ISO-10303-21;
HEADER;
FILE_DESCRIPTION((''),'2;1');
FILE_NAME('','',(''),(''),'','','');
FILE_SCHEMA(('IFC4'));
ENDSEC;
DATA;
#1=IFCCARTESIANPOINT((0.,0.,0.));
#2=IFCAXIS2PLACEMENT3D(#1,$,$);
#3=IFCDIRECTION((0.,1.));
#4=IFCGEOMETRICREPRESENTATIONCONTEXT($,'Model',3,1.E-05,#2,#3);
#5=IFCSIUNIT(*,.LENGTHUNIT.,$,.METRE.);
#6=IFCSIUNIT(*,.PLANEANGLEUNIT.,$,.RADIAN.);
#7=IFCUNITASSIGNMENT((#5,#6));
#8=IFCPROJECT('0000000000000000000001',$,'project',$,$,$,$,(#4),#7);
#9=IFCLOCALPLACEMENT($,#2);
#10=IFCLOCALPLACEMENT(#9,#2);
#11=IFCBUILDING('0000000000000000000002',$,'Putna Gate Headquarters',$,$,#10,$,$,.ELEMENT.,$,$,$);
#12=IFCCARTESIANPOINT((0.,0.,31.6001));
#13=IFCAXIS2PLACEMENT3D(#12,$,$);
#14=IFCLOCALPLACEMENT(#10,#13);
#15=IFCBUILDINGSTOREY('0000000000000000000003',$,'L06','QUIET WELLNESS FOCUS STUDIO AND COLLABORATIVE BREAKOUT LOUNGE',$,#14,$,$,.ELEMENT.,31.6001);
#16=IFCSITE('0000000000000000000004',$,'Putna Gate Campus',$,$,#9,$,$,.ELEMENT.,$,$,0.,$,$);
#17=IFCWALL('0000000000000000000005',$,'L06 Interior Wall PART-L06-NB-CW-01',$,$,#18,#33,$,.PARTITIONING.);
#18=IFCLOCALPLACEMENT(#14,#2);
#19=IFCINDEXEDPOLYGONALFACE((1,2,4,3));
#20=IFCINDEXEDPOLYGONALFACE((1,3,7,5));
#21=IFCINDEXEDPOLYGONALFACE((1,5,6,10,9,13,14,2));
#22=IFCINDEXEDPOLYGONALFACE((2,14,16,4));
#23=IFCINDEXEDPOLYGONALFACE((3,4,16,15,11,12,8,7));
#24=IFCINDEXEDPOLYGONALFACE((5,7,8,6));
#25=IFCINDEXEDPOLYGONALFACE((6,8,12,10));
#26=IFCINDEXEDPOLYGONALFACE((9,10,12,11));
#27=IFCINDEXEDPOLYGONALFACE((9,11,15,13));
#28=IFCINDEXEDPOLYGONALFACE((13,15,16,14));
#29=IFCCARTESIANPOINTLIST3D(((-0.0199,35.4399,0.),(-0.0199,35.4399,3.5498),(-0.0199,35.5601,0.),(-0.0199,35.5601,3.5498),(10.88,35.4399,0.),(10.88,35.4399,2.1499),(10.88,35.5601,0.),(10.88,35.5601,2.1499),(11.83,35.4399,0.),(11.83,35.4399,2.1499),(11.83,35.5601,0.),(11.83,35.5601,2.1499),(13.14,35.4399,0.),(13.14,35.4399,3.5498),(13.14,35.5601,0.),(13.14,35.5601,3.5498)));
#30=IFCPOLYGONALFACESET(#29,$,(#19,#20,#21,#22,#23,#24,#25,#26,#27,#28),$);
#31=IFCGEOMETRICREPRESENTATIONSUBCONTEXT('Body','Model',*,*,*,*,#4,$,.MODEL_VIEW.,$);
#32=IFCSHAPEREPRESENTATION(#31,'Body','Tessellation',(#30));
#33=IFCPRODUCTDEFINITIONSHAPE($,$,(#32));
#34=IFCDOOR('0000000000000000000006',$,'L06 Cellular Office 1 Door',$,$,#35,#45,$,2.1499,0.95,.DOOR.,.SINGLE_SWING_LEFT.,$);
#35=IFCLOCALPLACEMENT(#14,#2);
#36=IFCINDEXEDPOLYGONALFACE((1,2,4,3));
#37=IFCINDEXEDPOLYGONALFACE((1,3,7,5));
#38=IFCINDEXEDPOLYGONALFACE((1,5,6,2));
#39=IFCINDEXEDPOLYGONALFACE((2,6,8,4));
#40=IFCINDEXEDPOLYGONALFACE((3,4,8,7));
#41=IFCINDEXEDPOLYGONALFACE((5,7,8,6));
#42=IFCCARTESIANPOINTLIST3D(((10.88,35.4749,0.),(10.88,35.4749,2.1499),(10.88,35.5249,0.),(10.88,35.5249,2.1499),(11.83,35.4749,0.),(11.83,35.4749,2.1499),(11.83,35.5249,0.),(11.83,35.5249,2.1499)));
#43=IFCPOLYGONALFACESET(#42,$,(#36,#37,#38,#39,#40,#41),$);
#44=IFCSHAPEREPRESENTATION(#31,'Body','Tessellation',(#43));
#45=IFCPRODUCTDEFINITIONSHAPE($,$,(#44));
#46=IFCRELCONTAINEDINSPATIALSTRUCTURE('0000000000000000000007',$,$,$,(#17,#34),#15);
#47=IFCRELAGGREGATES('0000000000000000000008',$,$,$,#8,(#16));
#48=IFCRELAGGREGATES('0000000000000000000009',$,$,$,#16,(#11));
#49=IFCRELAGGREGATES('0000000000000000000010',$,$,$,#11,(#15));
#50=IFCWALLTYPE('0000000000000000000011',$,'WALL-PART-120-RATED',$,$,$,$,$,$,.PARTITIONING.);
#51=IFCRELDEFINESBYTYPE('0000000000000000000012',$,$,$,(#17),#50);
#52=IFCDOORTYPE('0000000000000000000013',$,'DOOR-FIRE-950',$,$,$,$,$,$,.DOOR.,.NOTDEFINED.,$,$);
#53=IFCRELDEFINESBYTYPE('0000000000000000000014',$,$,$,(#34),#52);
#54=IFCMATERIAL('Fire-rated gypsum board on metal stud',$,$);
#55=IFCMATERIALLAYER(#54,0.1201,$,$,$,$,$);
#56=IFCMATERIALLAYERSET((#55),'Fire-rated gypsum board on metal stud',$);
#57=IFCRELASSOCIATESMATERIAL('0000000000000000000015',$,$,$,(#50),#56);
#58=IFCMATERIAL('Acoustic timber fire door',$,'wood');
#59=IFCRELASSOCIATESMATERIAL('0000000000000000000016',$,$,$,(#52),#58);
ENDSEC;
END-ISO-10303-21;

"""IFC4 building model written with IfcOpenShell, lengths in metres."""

from ifc_helpers import new_model, si_unit, direction, frame, frame_2d, origin, place, context, subcontext, project, spatial, rectangle, extrude, material, layer, layer_set, type_object, element, fill, save


model = new_model("IFC4")

# Units and contexts
model_context = context("Model", 3, precision=1e-05, world=origin(), true_north=direction((0.0, 1.0)))
body_context = subcontext(model_context, "Body", "Model", "MODEL_VIEW")
ifc_project = project(units=[si_unit("LENGTHUNIT", "METRE"), si_unit("PLANEANGLEUNIT", "RADIAN")], contexts=[model_context])

# Site, building, storey
site_placement = place(None, origin())
site = spatial("IfcSite", under=ifc_project, at=site_placement, Name="Putna Gate Campus", CompositionType="ELEMENT", RefElevation=0.0)
building_placement = place(site_placement, origin())
building = spatial("IfcBuilding", under=site, at=building_placement, Name="Putna Gate Headquarters", CompositionType="ELEMENT")
storey_placement = place(building_placement, frame((0.0, 0.0, 31.6001)))
storey = spatial("IfcBuildingStorey", under=building, at=storey_placement, Name="L06", Description="QUIET WELLNESS FOCUS STUDIO AND COLLABORATIVE BREAKOUT LOUNGE", CompositionType="ELEMENT", Elevation=31.6001)

# Shared definitions
ifc_material_1 = material(Name="Fire-rated gypsum board on metal stud")
ifc_layer_1 = layer(ifc_material_1, 0.1201)
ifc_layer_set_1 = layer_set([ifc_layer_1], Name="Fire-rated gypsum board on metal stud")
wall_type_1 = type_object("IfcWallType", Name="WALL-PART-120-RATED", PredefinedType="PARTITIONING", material=ifc_layer_set_1)
ifc_material_2 = material(Name="Acoustic timber fire door", Category="wood")
door_type_1 = type_object("IfcDoorType", Name="DOOR-FIRE-950", OperationType="NOTDEFINED", PredefinedType="DOOR", material=ifc_material_2)

# Wall, opening, door
wall_1_placement = place(storey_placement, frame((-0.02, 35.5, 0.0), z_axis=(0.0, 0.0, 1.0), x_axis=(1.0, 0.0, 0.0)))
wall_1 = element("IfcWall", 1, at=wall_1_placement, inside=storey, type_object=wall_type_1, Name="L06 Interior Wall PART-L06-NB-CW-01", PredefinedType="PARTITIONING", context=body_context, shape_type="SweptSolid", body=[
    extrude(rectangle(XDim=13.1599, YDim=0.1201, at=frame_2d((6.5801, 0.0))), origin(), (0.0, 0.0, 1.0), 3.5498),
])
opening_1_placement = place(wall_1_placement, frame((10.8999, 0.0, 0.0)))
opening_1 = element("IfcOpeningElement", 2, at=opening_1_placement, cuts=wall_1, PredefinedType="OPENING", context=body_context, shape_type="SweptSolid", body=[
    extrude(rectangle(XDim=0.95, YDim=2.1499, at=frame_2d((0.4751, 1.075))), frame((0.0, 0.0701, 0.0), z_axis=(0.0, -1.0, 0.0), x_axis=(1.0, 0.0, 0.0)), (0.0, 0.0, 1.0), 0.1401),
])
door_1_placement = place(opening_1_placement, origin())
door_1 = element("IfcDoor", 3, at=door_1_placement, inside=storey, type_object=door_type_1, Name="L06 Cellular Office 1 Door", OperationType="SINGLE_SWING_LEFT", OverallHeight=2.1499, OverallWidth=0.95, PredefinedType="DOOR", context=body_context, shape_type="SweptSolid", body=[
    extrude(rectangle(XDim=0.95, YDim=2.1499, at=frame_2d((0.4751, 1.075))), frame((0.0, 0.0249, 0.0), z_axis=(0.0, -1.0, 0.0), x_axis=(1.0, 0.0, 0.0)), (0.0, 0.0, 1.0), 0.05),
])
fill(opening_1, door_1)

save(model, "model.ifc")
